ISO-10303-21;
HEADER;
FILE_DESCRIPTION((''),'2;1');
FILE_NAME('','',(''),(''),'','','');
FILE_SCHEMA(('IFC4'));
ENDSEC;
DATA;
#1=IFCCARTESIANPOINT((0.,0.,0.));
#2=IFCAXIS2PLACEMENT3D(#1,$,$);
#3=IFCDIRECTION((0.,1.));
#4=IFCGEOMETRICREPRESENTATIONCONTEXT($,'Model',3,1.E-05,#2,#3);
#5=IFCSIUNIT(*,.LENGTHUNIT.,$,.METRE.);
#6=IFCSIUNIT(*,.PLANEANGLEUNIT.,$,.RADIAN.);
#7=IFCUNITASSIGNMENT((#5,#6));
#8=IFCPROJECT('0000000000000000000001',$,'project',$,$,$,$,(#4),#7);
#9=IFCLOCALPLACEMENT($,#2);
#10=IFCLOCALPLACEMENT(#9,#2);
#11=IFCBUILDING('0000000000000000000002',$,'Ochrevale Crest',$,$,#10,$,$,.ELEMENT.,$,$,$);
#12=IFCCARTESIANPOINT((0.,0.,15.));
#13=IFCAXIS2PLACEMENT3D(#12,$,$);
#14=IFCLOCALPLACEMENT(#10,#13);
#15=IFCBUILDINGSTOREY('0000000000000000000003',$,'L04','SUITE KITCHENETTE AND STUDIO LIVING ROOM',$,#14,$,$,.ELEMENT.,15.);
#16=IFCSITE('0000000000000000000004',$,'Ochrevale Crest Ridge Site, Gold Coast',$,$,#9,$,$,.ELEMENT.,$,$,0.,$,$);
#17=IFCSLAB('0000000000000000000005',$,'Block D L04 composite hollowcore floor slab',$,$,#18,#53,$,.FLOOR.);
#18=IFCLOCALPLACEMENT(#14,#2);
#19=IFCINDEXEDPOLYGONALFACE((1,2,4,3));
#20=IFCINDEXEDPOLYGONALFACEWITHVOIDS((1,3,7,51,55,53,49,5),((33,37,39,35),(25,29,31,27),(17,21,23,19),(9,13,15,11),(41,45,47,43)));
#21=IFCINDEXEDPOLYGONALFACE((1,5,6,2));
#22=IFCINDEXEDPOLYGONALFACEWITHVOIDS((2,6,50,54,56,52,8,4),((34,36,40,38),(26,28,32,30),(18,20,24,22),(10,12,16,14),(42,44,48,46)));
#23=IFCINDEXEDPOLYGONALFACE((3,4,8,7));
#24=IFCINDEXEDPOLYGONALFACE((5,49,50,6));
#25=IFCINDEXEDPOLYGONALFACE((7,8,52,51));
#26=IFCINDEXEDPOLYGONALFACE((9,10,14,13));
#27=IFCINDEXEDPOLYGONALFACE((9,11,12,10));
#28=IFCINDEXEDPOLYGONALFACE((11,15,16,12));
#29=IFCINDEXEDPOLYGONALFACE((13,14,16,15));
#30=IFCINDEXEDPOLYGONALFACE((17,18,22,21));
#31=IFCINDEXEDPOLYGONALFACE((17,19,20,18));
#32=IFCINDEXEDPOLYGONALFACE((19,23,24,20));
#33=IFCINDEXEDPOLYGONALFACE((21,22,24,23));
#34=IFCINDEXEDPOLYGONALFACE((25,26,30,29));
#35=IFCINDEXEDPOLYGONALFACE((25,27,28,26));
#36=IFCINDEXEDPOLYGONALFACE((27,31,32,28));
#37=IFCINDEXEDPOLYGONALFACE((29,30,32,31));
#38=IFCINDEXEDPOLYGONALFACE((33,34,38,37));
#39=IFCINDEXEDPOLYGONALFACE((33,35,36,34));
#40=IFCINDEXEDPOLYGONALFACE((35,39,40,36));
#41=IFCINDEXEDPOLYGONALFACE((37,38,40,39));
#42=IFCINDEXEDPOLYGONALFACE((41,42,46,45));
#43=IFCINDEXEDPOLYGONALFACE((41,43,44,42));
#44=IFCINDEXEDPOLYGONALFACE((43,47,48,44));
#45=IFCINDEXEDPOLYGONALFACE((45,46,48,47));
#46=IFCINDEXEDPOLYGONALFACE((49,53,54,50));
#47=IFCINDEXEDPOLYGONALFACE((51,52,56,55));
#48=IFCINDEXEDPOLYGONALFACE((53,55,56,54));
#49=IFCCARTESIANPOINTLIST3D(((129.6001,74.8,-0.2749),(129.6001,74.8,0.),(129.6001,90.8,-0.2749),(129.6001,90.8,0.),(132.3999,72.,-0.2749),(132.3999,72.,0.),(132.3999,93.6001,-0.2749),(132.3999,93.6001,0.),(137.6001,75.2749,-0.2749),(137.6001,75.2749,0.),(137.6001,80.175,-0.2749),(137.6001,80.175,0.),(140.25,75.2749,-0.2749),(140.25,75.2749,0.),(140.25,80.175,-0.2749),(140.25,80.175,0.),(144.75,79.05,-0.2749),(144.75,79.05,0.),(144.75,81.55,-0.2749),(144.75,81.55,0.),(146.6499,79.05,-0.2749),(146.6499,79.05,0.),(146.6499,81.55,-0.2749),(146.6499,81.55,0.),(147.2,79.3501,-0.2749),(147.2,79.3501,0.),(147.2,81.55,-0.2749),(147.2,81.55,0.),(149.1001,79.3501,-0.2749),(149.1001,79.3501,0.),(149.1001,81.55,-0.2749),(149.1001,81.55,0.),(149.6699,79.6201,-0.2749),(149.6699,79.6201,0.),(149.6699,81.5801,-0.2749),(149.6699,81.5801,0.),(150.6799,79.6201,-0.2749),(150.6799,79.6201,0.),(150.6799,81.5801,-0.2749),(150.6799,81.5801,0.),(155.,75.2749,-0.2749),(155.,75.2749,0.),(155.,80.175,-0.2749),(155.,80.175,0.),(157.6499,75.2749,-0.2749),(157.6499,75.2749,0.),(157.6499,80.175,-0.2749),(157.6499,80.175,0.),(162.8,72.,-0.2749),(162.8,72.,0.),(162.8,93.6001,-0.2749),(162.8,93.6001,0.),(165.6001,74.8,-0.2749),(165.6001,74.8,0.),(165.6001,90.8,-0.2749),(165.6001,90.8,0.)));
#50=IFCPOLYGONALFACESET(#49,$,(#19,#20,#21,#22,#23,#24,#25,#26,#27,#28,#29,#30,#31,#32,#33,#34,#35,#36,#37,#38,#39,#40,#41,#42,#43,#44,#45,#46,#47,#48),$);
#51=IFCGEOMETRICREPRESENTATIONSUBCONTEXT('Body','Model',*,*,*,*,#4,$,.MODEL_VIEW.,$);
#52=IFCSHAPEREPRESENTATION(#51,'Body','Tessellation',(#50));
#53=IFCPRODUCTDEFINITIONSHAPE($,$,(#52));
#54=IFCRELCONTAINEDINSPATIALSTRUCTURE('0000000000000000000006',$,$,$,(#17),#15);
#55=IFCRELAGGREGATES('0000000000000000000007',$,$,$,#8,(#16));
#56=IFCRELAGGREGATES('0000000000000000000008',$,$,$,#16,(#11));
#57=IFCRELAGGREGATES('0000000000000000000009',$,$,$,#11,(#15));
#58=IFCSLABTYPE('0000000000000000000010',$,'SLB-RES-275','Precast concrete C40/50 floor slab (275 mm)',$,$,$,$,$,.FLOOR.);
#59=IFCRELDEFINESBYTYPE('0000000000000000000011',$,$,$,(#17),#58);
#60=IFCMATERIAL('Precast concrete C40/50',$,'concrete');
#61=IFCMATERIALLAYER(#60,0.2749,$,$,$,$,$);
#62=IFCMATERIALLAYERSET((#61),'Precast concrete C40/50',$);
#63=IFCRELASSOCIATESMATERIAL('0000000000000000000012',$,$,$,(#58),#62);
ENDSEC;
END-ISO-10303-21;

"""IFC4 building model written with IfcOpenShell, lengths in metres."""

from ifc_helpers import new_model, si_unit, direction, frame, origin, place, context, subcontext, project, spatial, polyline, outline, extrude, material, layer, layer_set, type_object, element, save


model = new_model("IFC4")

# Units and contexts
model_context = context("Model", 3, precision=1e-05, world=origin(), true_north=direction((0.0, 1.0)))
body_context = subcontext(model_context, "Body", "Model", "MODEL_VIEW")
ifc_project = project(units=[si_unit("LENGTHUNIT", "METRE"), si_unit("PLANEANGLEUNIT", "RADIAN")], contexts=[model_context])

# Site, building, storey
site_placement = place(None, origin())
site = spatial("IfcSite", under=ifc_project, at=site_placement, Name="Ochrevale Crest Ridge Site, Gold Coast", CompositionType="ELEMENT", RefElevation=0.0)
building_placement = place(site_placement, origin())
building = spatial("IfcBuilding", under=site, at=building_placement, Name="Ochrevale Crest", CompositionType="ELEMENT")
storey_placement = place(building_placement, frame((0.0, 0.0, 15.0)))
storey = spatial("IfcBuildingStorey", under=building, at=storey_placement, Name="L04", Description="SUITE KITCHENETTE AND STUDIO LIVING ROOM", CompositionType="ELEMENT", Elevation=15.0)

# Slab
ifc_material = material(Name="Precast concrete C40/50", Category="concrete")
ifc_layer_1 = layer(ifc_material, 0.2749)
ifc_layer_set_1 = layer_set([ifc_layer_1], Name="Precast concrete C40/50")
slab_type_1 = type_object("IfcSlabType", Name="SLB-RES-275", Description="Precast concrete C40/50 floor slab (275 mm)", PredefinedType="FLOOR", material=ifc_layer_set_1)
slab_1_placement = place(storey_placement, frame((0.0, 0.0, -0.2749)))
element("IfcSlab", 1, at=slab_1_placement, inside=storey, type_object=slab_type_1, Name="Block D L04 composite hollowcore floor slab", PredefinedType="FLOOR", context=body_context, shape_type="SweptSolid", body=[
    extrude(outline(polyline([(132.3999, 72.0), (162.8, 72.0), (165.6001, 74.8), (165.6001, 90.8), (162.8, 93.6001), (132.3999, 93.6001), (129.6001, 90.8), (129.6001, 74.8), (132.3999, 72.0)]), holes=[polyline([(137.6001, 80.175), (137.6001, 75.2749), (140.25, 75.2749), (140.25, 80.175), (137.6001, 80.175)]), polyline([(155.0, 80.175), (155.0, 75.2749), (157.6499, 75.2749), (157.6499, 80.175), (155.0, 80.175)]), polyline([(144.75, 79.05), (146.6499, 79.05), (146.6499, 81.55), (144.75, 81.55), (144.75, 79.05)]), polyline([(147.2, 79.3501), (149.1001, 79.3501), (149.1001, 81.55), (147.2, 81.55), (147.2, 79.3501)]), polyline([(149.6699, 79.6201), (150.6799, 79.6201), (150.6799, 81.5801), (149.6699, 81.5801), (149.6699, 79.6201)])]), origin(), (0.0, 0.0, 1.0), 0.2749),
])

save(model, "model.ifc")
